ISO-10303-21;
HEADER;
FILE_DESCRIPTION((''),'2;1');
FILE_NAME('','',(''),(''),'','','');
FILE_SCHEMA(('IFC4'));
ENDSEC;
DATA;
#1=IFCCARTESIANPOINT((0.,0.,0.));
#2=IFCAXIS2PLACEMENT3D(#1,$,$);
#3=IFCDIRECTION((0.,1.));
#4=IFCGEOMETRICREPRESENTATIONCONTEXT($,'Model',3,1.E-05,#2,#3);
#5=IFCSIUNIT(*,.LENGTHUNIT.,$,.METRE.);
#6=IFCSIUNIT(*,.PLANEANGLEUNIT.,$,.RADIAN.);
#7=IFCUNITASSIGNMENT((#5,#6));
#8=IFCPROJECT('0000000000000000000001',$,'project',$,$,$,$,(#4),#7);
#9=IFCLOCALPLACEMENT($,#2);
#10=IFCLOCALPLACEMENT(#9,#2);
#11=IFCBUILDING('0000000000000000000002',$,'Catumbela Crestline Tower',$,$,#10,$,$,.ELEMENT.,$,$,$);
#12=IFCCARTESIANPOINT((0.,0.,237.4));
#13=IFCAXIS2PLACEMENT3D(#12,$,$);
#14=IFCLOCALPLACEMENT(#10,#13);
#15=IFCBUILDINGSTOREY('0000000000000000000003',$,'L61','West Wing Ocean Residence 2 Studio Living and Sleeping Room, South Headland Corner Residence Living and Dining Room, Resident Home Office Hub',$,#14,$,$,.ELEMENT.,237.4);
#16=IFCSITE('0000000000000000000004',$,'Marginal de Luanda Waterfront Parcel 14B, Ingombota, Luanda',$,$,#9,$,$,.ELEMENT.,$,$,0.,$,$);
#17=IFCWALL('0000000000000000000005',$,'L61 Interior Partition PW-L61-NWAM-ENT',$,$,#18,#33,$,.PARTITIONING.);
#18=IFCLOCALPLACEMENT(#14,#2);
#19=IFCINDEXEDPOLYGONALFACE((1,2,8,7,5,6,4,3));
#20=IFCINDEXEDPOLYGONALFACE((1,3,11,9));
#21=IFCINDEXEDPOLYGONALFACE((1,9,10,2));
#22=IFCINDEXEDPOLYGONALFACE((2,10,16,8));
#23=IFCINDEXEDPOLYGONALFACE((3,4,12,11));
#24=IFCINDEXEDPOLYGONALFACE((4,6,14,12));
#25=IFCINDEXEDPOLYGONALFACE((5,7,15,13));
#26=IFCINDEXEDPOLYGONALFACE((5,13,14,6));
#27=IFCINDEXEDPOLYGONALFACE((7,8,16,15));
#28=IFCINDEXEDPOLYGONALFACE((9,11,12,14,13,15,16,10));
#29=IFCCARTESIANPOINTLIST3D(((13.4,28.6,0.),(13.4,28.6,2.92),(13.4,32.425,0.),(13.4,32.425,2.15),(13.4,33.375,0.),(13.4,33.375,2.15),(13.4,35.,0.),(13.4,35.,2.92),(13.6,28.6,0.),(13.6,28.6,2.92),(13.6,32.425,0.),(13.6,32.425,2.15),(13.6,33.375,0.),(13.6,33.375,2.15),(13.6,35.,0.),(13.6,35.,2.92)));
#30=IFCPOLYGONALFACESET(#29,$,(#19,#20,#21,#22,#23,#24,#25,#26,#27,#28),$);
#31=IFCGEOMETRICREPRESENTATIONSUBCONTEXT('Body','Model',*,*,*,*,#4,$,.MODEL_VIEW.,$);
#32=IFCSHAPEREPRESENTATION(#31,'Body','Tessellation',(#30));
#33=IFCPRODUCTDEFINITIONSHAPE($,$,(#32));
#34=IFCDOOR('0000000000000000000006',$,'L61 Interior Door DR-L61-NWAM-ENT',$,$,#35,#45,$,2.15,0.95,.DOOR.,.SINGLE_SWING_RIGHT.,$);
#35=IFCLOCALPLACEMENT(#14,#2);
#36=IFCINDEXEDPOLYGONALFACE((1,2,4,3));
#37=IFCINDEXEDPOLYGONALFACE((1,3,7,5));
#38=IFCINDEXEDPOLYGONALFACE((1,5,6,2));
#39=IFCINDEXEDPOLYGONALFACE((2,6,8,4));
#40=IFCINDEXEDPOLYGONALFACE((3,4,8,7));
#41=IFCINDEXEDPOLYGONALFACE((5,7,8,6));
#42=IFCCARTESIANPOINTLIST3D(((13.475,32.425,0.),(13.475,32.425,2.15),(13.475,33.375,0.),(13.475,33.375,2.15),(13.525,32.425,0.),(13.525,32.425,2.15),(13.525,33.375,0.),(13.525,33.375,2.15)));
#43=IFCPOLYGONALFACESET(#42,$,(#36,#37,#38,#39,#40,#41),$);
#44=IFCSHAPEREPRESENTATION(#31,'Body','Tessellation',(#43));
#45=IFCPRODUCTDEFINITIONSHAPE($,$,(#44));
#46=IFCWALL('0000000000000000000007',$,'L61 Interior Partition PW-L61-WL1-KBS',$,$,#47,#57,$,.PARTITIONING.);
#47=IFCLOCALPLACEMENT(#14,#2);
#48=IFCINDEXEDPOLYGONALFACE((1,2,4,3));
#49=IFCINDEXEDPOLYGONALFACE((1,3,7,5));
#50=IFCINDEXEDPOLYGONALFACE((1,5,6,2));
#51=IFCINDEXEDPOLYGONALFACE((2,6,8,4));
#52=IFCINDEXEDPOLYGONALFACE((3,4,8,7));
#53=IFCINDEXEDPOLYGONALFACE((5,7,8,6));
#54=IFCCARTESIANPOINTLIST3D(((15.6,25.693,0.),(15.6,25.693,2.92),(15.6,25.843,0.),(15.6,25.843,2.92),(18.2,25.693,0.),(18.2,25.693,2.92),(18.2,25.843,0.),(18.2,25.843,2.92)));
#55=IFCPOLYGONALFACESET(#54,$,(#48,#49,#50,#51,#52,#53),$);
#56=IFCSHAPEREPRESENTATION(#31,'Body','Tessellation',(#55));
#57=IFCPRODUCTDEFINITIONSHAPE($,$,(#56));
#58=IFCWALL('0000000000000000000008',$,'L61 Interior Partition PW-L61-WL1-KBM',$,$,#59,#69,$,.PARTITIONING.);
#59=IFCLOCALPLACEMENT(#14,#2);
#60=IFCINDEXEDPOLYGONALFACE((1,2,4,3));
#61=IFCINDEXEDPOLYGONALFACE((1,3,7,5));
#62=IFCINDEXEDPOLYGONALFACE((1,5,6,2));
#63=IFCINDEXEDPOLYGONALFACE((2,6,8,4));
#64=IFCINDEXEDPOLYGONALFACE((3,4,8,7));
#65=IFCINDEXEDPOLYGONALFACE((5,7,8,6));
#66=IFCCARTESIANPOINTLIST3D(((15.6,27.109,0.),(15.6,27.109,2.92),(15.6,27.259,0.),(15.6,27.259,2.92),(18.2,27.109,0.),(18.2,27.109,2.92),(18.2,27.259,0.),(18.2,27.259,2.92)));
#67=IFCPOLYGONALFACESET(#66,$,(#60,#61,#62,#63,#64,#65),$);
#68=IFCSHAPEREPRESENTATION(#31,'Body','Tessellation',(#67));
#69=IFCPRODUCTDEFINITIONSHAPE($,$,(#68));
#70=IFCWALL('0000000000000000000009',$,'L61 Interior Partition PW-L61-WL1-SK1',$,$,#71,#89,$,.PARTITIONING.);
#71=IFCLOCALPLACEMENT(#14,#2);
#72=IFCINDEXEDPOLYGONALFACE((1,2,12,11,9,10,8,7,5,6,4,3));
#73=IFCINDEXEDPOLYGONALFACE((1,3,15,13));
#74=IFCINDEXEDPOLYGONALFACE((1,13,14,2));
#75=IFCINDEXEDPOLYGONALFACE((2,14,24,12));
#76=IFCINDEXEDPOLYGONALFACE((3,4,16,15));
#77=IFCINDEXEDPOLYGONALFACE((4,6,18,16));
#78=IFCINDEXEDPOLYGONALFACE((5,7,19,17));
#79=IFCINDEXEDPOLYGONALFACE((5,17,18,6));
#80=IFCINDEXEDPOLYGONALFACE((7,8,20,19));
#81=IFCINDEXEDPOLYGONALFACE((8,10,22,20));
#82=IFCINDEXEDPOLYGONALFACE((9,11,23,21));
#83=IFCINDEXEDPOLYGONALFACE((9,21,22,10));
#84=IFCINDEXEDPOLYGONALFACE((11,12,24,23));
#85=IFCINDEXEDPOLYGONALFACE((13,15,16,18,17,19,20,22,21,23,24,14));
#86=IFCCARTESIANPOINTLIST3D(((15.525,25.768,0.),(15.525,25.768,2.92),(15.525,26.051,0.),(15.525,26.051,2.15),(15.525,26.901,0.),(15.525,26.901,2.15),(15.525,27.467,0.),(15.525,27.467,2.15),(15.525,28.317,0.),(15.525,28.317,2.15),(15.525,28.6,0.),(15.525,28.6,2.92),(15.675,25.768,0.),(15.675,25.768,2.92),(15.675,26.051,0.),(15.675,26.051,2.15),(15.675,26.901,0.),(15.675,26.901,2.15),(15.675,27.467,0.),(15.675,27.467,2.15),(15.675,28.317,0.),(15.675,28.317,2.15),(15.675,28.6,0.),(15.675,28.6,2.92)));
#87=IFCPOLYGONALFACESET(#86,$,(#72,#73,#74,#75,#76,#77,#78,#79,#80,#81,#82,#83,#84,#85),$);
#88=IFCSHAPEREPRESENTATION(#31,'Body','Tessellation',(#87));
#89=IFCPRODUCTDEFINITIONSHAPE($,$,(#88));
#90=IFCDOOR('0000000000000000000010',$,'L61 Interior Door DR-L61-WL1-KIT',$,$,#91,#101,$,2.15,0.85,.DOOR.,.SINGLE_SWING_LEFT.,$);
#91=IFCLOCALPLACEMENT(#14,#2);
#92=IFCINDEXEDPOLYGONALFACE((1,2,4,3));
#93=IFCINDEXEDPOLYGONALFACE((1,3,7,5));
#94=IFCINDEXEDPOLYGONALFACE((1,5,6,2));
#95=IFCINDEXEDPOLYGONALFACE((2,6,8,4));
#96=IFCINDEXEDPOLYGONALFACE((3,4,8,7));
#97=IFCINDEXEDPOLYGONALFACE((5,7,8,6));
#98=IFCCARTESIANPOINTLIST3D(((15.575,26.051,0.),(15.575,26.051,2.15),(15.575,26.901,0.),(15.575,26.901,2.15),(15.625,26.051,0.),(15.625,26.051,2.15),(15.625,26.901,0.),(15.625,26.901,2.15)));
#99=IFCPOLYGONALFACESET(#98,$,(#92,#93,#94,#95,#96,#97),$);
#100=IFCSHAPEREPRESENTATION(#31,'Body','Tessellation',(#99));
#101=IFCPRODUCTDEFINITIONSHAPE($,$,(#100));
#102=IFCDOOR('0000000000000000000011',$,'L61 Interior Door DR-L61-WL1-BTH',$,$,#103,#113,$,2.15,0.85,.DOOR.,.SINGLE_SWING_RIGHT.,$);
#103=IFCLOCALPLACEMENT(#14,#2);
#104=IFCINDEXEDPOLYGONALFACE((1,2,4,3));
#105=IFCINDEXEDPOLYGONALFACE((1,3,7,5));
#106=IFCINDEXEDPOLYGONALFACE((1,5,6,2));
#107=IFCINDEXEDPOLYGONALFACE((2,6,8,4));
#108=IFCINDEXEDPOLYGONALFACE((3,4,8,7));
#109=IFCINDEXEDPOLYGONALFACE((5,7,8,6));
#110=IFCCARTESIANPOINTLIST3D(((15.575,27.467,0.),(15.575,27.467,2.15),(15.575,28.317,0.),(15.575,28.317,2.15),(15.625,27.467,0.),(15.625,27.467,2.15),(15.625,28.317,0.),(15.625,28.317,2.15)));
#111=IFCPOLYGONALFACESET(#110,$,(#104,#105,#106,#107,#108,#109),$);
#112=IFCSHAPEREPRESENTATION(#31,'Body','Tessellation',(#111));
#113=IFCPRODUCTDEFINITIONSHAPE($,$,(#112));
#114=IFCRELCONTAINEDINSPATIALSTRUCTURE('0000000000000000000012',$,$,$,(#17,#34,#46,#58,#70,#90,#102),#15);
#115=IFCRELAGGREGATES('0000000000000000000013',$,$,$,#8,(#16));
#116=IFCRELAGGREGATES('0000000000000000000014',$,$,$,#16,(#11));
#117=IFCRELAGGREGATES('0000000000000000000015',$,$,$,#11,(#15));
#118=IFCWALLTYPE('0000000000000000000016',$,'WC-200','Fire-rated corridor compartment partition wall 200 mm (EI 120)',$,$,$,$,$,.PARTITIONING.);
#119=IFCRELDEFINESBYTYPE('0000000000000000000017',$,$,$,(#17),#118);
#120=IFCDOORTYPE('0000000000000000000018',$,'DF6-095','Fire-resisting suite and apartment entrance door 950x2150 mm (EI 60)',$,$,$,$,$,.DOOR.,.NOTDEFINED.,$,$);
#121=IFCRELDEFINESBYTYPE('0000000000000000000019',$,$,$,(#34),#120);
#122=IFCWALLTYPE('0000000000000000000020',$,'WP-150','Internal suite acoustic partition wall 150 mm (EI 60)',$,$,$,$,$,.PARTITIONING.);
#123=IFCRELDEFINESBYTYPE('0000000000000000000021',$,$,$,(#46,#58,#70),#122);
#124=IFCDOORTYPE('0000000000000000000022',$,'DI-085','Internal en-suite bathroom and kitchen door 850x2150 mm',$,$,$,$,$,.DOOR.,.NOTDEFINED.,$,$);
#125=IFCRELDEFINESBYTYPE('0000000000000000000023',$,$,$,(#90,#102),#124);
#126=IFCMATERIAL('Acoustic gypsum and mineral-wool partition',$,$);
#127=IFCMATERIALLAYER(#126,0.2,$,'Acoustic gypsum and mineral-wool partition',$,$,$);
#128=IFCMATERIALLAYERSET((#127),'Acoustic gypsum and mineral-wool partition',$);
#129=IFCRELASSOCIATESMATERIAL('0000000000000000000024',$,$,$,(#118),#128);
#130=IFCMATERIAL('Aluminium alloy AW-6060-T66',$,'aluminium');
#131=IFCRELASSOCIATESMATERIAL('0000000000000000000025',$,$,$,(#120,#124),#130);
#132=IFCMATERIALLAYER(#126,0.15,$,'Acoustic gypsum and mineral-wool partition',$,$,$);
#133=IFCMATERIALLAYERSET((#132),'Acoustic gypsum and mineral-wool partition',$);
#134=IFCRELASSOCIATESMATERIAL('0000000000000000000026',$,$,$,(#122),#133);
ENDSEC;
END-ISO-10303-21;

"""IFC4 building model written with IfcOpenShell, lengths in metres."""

from ifc_helpers import new_model, si_unit, direction, frame, frame_2d, origin, place, context, subcontext, project, spatial, rectangle, extrude, material, layer, layer_set, type_object, element, fill, save


model = new_model("IFC4")

# Units and contexts
model_context = context("Model", 3, precision=1e-05, world=origin(), true_north=direction((0.0, 1.0)))
body_context = subcontext(model_context, "Body", "Model", "MODEL_VIEW")
ifc_project = project(units=[si_unit("LENGTHUNIT", "METRE"), si_unit("PLANEANGLEUNIT", "RADIAN")], contexts=[model_context])

# Site, building, storey
site_placement = place(None, origin())
site = spatial("IfcSite", under=ifc_project, at=site_placement, Name="Marginal de Luanda Waterfront Parcel 14B, Ingombota, Luanda", CompositionType="ELEMENT", RefElevation=0.0)
building_placement = place(site_placement, origin())
building = spatial("IfcBuilding", under=site, at=building_placement, Name="Catumbela Crestline Tower", CompositionType="ELEMENT")
storey_placement = place(building_placement, frame((0.0, 0.0, 237.4)))
storey = spatial("IfcBuildingStorey", under=building, at=storey_placement, Name="L61", Description="West Wing Ocean Residence 2 Studio Living and Sleeping Room, South Headland Corner Residence Living and Dining Room, Resident Home Office Hub", CompositionType="ELEMENT", Elevation=237.4)

# Shared definitions
ifc_material_1 = material(Name="Acoustic gypsum and mineral-wool partition")
ifc_layer_1 = layer(ifc_material_1, 0.2, Name="Acoustic gypsum and mineral-wool partition")
ifc_layer_set_1 = layer_set([ifc_layer_1], Name="Acoustic gypsum and mineral-wool partition")
wall_type_1 = type_object("IfcWallType", Name="WC-200", Description="Fire-rated corridor compartment partition wall 200 mm (EI 120)", PredefinedType="PARTITIONING", material=ifc_layer_set_1)

# Wall, opening, door
wall_1_placement = place(storey_placement, frame((13.5, 28.6, 0.0), z_axis=(0.0, 0.0, 1.0), x_axis=(0.0, 1.0, 0.0)))
wall_1 = element("IfcWall", 1, at=wall_1_placement, inside=storey, type_object=wall_type_1, Name="L61 Interior Partition PW-L61-NWAM-ENT", PredefinedType="PARTITIONING", context=body_context, shape_type="SweptSolid", body=[
    extrude(rectangle(XDim=6.4, YDim=0.2, at=frame_2d((3.2, 0.0))), origin(), (0.0, 0.0, 1.0), 2.92),
])
opening_1_placement = place(wall_1_placement, frame((3.825, 0.0, 0.0)))
opening_1 = element("IfcOpeningElement", 2, at=opening_1_placement, cuts=wall_1, PredefinedType="OPENING", context=body_context, shape_type="SweptSolid", body=[
    extrude(rectangle(XDim=0.95, YDim=2.15, at=frame_2d((0.475, 1.075))), frame((0.0, 0.11, 0.0), z_axis=(0.0, -1.0, 0.0), x_axis=(1.0, 0.0, 0.0)), (0.0, 0.0, 1.0), 0.22),
])
ifc_material_2 = material(Name="Aluminium alloy AW-6060-T66", Category="aluminium")
door_type_1 = type_object("IfcDoorType", Name="DF6-095", Description="Fire-resisting suite and apartment entrance door 950x2150 mm (EI 60)", OperationType="NOTDEFINED", PredefinedType="DOOR", material=ifc_material_2)
door_1_placement = place(opening_1_placement, origin())
door_1 = element("IfcDoor", 3, at=door_1_placement, inside=storey, type_object=door_type_1, Name="L61 Interior Door DR-L61-NWAM-ENT", OperationType="SINGLE_SWING_RIGHT", OverallHeight=2.15, OverallWidth=0.95, PredefinedType="DOOR", context=body_context, shape_type="SweptSolid", body=[
    extrude(rectangle(XDim=0.95, YDim=2.15, at=frame_2d((0.475, 1.075))), frame((0.0, 0.025, 0.0), z_axis=(0.0, -1.0, 0.0), x_axis=(1.0, 0.0, 0.0)), (0.0, 0.0, 1.0), 0.05),
])
fill(opening_1, door_1)

# Walls
ifc_layer_2 = layer(ifc_material_1, 0.15, Name="Acoustic gypsum and mineral-wool partition")
ifc_layer_set_2 = layer_set([ifc_layer_2], Name="Acoustic gypsum and mineral-wool partition")
wall_type_2 = type_object("IfcWallType", Name="WP-150", Description="Internal suite acoustic partition wall 150 mm (EI 60)", PredefinedType="PARTITIONING", material=ifc_layer_set_2)
for number, where, z_axis, x_axis, name in (
    (4, (15.6, 25.768, 0.0), (0.0, 0.0, 1.0), (1.0, 0.0, 0.0), "L61 Interior Partition PW-L61-WL1-KBS"),
    (5, (15.6, 27.184, 0.0), (0.0, 0.0, 1.0), (1.0, 0.0, 0.0), "L61 Interior Partition PW-L61-WL1-KBM"),
):
    element("IfcWall", number, at=place(storey_placement, frame(where, z_axis=z_axis, x_axis=x_axis)), inside=storey, type_object=wall_type_2, Name=name, PredefinedType="PARTITIONING", context=body_context, shape_type="SweptSolid", body=[
        extrude(rectangle(XDim=2.6, YDim=0.15, at=frame_2d((1.3, 0.0))), origin(), (0.0, 0.0, 1.0), 2.92),
    ])

# Wall, openings, doors
wall_2_placement = place(storey_placement, frame((15.6, 25.768, 0.0), z_axis=(0.0, 0.0, 1.0), x_axis=(0.0, 1.0, 0.0)))
wall_2 = element("IfcWall", 6, at=wall_2_placement, inside=storey, type_object=wall_type_2, Name="L61 Interior Partition PW-L61-WL1-SK1", PredefinedType="PARTITIONING", context=body_context, shape_type="SweptSolid", body=[
    extrude(rectangle(XDim=2.832, YDim=0.15, at=frame_2d((1.416, 0.0))), origin(), (0.0, 0.0, 1.0), 2.92),
])
opening_2_placement = place(wall_2_placement, frame((0.283, 0.0, 0.0)))
opening_2 = element("IfcOpeningElement", 7, at=opening_2_placement, cuts=wall_2, PredefinedType="OPENING", context=body_context, shape_type="SweptSolid", body=[
    extrude(rectangle(XDim=0.85, YDim=2.15, at=frame_2d((0.425, 1.075))), frame((0.0, 0.085, 0.0), z_axis=(0.0, -1.0, 0.0), x_axis=(1.0, 0.0, 0.0)), (0.0, 0.0, 1.0), 0.17),
])
opening_3_placement = place(wall_2_placement, frame((1.699, 0.0, 0.0)))
opening_3 = element("IfcOpeningElement", 8, at=opening_3_placement, cuts=wall_2, PredefinedType="OPENING", context=body_context, shape_type="SweptSolid", body=[
    extrude(rectangle(XDim=0.85, YDim=2.15, at=frame_2d((0.425, 1.075))), frame((0.0, 0.085, 0.0), z_axis=(0.0, -1.0, 0.0), x_axis=(1.0, 0.0, 0.0)), (0.0, 0.0, 1.0), 0.17),
])
door_type_2 = type_object("IfcDoorType", Name="DI-085", Description="Internal en-suite bathroom and kitchen door 850x2150 mm", OperationType="NOTDEFINED", PredefinedType="DOOR", material=ifc_material_2)
door_2_placement = place(opening_2_placement, origin())
door_2 = element("IfcDoor", 9, at=door_2_placement, inside=storey, type_object=door_type_2, Name="L61 Interior Door DR-L61-WL1-KIT", OperationType="SINGLE_SWING_LEFT", OverallHeight=2.15, OverallWidth=0.85, PredefinedType="DOOR", context=body_context, shape_type="SweptSolid", body=[
    extrude(rectangle(XDim=0.85, YDim=2.15, at=frame_2d((0.425, 1.075))), frame((0.0, 0.025, 0.0), z_axis=(0.0, -1.0, 0.0), x_axis=(1.0, 0.0, 0.0)), (0.0, 0.0, 1.0), 0.05),
])
fill(opening_2, door_2)
door_3_placement = place(opening_3_placement, origin())
door_3 = element("IfcDoor", 10, at=door_3_placement, inside=storey, type_object=door_type_2, Name="L61 Interior Door DR-L61-WL1-BTH", OperationType="SINGLE_SWING_RIGHT", OverallHeight=2.15, OverallWidth=0.85, PredefinedType="DOOR", context=body_context, shape_type="SweptSolid", body=[
    extrude(rectangle(XDim=0.85, YDim=2.15, at=frame_2d((0.425, 1.075))), frame((0.0, 0.025, 0.0), z_axis=(0.0, -1.0, 0.0), x_axis=(1.0, 0.0, 0.0)), (0.0, 0.0, 1.0), 0.05),
])
fill(opening_3, door_3)

save(model, "model.ifc")
